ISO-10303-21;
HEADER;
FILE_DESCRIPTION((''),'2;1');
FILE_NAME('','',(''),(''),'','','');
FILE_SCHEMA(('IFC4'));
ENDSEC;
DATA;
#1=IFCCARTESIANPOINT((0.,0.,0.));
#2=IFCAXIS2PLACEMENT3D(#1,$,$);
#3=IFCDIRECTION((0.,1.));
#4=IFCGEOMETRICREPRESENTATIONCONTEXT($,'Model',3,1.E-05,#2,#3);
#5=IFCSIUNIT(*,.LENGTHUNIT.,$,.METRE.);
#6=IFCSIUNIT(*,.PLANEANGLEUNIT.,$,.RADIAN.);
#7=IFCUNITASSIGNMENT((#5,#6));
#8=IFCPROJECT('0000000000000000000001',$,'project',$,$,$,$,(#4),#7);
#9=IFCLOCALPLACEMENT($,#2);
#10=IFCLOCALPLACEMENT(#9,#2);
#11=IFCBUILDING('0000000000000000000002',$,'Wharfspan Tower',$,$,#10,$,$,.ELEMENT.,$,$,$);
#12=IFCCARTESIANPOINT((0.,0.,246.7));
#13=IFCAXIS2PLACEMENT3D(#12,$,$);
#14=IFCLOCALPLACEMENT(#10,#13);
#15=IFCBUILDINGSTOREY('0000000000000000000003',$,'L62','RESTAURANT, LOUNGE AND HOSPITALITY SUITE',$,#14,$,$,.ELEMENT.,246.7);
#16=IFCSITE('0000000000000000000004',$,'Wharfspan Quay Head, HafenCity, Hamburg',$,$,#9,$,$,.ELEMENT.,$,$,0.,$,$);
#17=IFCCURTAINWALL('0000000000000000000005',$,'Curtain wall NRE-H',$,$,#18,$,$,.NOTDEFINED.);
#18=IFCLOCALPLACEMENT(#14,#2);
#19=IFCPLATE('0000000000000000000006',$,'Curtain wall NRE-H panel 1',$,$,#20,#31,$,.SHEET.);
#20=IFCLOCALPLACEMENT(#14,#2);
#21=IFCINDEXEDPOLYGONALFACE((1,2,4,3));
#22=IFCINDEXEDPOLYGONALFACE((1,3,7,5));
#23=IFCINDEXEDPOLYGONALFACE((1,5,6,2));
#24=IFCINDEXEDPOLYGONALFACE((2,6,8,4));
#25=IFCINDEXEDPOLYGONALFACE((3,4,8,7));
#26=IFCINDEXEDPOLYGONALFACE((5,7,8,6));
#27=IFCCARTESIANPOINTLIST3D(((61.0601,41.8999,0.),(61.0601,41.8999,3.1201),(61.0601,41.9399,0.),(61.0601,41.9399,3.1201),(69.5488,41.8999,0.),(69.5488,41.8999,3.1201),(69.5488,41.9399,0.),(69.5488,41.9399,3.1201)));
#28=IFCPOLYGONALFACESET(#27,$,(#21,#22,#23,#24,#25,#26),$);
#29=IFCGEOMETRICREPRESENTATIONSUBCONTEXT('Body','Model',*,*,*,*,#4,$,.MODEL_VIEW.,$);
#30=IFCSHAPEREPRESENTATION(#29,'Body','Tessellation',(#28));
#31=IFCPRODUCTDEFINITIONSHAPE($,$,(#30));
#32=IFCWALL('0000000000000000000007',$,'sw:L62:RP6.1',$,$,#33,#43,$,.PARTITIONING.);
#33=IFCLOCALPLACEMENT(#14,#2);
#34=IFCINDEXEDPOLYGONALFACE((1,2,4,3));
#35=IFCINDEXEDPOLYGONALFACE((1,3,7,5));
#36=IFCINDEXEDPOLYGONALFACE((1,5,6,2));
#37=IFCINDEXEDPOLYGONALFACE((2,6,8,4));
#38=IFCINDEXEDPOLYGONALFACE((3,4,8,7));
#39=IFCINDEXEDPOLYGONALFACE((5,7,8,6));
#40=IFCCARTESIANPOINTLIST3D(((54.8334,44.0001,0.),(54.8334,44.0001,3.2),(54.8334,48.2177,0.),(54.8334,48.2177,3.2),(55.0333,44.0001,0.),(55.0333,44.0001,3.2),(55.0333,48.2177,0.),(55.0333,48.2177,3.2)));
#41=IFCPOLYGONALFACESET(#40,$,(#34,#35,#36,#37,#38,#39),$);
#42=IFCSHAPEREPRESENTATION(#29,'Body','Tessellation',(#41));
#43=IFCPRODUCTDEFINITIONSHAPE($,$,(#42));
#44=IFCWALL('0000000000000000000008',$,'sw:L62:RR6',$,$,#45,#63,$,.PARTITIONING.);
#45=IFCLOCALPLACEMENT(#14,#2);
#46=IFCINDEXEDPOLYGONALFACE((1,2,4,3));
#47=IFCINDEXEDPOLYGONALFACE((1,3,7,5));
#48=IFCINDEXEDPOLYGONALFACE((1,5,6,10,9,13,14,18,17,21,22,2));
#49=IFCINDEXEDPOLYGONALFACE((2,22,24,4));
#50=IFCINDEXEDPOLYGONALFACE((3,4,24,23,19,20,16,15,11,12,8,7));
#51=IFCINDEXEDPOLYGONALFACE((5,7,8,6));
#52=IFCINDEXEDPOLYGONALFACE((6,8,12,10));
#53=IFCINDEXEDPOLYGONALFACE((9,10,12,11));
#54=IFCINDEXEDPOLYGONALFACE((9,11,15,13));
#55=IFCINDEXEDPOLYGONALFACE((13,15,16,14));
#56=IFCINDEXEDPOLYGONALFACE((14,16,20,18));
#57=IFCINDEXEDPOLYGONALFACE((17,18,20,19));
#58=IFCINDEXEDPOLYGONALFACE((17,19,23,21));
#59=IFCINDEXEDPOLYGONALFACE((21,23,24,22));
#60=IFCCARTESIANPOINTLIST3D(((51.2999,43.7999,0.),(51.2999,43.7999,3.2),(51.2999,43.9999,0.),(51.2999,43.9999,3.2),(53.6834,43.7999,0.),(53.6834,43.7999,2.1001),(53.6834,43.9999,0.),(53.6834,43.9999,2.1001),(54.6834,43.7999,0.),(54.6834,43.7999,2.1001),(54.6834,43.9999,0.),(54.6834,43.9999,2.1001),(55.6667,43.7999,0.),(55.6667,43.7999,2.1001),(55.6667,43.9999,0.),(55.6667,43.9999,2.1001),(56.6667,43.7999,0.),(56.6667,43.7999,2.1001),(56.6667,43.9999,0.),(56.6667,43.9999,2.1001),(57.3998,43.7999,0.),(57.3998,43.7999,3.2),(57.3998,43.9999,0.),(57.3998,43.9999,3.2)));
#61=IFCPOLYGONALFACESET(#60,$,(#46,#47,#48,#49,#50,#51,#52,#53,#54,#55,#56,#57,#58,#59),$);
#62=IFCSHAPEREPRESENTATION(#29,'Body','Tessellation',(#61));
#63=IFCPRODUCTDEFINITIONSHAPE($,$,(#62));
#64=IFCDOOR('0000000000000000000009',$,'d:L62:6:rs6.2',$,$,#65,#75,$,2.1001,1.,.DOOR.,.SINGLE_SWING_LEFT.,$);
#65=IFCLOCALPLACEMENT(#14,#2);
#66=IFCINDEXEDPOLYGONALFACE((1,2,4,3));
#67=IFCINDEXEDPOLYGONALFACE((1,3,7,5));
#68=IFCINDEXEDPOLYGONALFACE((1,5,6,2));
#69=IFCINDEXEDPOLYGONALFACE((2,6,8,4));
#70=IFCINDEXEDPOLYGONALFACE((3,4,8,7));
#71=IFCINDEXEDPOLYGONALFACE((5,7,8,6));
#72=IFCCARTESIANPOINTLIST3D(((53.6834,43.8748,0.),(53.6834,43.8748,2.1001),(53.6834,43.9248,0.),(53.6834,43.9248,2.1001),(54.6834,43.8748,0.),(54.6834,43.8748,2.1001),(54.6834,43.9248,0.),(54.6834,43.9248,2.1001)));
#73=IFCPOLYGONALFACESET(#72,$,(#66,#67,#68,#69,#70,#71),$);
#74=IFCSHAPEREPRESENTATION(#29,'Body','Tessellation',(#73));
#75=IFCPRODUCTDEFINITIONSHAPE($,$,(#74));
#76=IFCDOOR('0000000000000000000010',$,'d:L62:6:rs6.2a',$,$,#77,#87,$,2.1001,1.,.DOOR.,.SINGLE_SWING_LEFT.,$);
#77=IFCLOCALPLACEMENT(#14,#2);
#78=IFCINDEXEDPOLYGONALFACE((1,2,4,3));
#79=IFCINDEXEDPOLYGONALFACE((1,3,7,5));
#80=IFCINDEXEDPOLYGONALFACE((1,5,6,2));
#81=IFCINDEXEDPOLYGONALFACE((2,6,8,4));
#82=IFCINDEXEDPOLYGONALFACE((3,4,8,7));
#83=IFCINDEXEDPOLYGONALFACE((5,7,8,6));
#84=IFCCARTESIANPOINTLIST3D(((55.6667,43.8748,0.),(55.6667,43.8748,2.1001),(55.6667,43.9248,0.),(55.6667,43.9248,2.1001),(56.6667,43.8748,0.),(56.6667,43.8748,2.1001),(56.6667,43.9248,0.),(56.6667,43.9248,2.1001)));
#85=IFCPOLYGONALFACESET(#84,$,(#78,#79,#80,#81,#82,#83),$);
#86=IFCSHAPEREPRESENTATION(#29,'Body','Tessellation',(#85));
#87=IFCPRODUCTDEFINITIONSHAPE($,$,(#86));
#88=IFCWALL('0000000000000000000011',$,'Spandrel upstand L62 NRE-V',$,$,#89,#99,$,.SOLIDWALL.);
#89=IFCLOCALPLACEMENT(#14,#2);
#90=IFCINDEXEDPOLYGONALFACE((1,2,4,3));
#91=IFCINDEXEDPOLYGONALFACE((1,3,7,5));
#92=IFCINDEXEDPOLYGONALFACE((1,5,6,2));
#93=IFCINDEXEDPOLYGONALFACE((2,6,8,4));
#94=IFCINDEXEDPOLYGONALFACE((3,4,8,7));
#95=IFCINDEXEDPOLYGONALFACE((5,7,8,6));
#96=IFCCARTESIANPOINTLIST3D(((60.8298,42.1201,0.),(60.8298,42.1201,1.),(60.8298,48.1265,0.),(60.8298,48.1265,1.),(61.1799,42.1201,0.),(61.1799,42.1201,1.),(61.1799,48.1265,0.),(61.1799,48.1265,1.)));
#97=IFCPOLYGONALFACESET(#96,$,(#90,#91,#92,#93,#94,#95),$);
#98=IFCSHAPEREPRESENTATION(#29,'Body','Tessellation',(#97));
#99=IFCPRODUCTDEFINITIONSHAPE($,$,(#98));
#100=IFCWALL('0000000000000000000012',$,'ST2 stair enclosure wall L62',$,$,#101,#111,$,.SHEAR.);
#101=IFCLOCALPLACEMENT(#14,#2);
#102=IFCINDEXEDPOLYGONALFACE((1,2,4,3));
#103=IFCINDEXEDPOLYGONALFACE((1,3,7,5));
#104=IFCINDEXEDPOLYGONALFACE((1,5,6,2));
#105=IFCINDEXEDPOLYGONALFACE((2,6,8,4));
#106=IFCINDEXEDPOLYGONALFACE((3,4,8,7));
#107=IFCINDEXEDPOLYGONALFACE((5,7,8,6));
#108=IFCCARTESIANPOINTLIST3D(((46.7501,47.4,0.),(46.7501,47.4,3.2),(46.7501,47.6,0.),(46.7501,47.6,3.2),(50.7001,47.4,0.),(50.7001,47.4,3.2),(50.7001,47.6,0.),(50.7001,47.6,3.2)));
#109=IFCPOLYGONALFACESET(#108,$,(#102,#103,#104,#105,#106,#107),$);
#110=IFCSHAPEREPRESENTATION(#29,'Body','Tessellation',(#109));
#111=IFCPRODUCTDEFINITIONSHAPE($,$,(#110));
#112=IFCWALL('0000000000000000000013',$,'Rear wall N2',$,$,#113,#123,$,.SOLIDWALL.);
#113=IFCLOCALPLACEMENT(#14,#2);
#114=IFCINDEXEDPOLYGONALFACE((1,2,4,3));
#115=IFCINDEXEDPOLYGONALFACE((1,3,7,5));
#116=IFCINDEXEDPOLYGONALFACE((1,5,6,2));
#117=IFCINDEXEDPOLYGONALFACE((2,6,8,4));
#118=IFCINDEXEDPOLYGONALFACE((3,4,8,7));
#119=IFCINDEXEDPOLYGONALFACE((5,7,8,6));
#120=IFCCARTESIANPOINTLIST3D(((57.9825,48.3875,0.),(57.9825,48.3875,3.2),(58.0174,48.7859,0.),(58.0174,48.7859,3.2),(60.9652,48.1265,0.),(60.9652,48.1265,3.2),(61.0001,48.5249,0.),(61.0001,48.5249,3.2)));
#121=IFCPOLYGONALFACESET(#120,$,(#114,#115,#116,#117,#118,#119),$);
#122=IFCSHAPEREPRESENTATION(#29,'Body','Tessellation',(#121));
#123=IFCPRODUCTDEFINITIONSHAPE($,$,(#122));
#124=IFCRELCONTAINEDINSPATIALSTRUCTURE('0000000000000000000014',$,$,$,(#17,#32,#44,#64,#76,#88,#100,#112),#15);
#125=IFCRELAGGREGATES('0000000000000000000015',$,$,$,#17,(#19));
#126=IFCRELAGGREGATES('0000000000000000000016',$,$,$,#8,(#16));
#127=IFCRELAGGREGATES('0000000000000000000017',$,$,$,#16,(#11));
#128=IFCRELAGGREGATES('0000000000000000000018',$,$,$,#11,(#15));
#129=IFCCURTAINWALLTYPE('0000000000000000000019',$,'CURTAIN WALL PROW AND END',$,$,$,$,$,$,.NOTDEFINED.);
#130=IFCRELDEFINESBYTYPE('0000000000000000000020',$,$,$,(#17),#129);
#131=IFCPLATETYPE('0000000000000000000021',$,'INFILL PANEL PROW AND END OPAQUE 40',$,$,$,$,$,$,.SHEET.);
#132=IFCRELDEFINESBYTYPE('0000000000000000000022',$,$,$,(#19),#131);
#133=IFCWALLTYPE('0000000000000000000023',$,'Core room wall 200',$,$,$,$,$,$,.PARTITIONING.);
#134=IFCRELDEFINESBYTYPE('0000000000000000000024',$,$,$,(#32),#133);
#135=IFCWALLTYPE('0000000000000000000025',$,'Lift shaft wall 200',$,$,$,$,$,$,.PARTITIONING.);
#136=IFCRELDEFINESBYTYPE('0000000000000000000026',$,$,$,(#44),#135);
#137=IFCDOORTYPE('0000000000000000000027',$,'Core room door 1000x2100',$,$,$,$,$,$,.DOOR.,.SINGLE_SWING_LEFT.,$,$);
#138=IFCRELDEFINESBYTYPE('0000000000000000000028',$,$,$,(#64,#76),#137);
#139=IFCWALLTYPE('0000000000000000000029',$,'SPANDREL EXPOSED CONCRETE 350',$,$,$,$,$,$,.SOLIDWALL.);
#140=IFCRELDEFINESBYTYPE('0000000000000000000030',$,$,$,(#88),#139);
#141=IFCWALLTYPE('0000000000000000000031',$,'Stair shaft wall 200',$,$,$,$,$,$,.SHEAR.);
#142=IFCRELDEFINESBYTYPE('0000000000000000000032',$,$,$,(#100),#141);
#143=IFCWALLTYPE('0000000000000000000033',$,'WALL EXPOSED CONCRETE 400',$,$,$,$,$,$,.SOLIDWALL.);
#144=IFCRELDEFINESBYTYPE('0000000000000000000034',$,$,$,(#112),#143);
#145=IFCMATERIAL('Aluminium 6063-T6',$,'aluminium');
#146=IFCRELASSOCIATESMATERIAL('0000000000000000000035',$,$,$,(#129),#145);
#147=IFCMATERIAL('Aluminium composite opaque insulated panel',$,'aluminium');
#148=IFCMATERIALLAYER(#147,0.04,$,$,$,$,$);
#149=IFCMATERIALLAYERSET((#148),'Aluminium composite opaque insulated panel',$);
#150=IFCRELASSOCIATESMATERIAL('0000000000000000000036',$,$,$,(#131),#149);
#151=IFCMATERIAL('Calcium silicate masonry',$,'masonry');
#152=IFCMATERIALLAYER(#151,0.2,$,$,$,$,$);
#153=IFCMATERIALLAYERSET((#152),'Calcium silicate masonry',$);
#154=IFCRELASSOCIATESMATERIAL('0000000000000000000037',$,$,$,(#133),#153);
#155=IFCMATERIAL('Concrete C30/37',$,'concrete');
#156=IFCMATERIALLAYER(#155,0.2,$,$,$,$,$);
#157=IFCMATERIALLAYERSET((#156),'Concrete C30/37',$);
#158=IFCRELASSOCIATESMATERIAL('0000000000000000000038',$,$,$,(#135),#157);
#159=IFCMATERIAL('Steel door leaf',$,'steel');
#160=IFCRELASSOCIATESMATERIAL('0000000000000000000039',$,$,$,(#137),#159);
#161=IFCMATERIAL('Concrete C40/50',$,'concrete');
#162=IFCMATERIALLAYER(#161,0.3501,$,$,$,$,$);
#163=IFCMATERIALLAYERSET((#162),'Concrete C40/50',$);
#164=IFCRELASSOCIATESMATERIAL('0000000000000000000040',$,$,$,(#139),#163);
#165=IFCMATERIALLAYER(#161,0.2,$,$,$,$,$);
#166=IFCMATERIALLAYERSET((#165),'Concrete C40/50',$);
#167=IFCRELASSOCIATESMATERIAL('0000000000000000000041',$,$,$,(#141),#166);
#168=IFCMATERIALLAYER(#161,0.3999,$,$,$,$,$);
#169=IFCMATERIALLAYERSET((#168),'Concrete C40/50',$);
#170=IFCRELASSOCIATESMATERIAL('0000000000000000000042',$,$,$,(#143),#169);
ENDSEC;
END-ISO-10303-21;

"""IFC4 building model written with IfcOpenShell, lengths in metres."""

from ifc_helpers import new_model, si_unit, direction, frame, frame_2d, origin, origin_2d, place, context, subcontext, project, spatial, rectangle, extrude, material, layer, layer_set, type_object, element, fill, aggregate, save


model = new_model("IFC4")

# Units and contexts
model_context = context("Model", 3, precision=1e-05, world=origin(), true_north=direction((0.0, 1.0)))
body_context = subcontext(model_context, "Body", "Model", "MODEL_VIEW")
ifc_project = project(units=[si_unit("LENGTHUNIT", "METRE"), si_unit("PLANEANGLEUNIT", "RADIAN")], contexts=[model_context])

# Site, building, storey
site_placement = place(None, origin())
site = spatial("IfcSite", under=ifc_project, at=site_placement, Name="Wharfspan Quay Head, HafenCity, Hamburg", CompositionType="ELEMENT", RefElevation=0.0)
building_placement = place(site_placement, origin())
building = spatial("IfcBuilding", under=site, at=building_placement, Name="Wharfspan Tower", CompositionType="ELEMENT")
storey_placement = place(building_placement, frame((0.0, 0.0, 246.7)))
storey = spatial("IfcBuildingStorey", under=building, at=storey_placement, Name="L62", Description="RESTAURANT, LOUNGE AND HOSPITALITY SUITE", CompositionType="ELEMENT", Elevation=246.7)

# Curtain wall
ifc_material_1 = material(Name="Aluminium 6063-T6", Category="aluminium")
curtain_wall_type = type_object("IfcCurtainWallType", Name="CURTAIN WALL PROW AND END", PredefinedType="NOTDEFINED", material=ifc_material_1)
curtain_wall_1_placement = place(storey_placement, origin())
curtain_wall_1 = element("IfcCurtainWall", 1, at=curtain_wall_1_placement, inside=storey, type_object=curtain_wall_type, Name="Curtain wall NRE-H", PredefinedType="NOTDEFINED")

# Plate
ifc_material_2 = material(Name="Aluminium composite opaque insulated panel", Category="aluminium")
ifc_layer_1 = layer(ifc_material_2, 0.04)
ifc_layer_set_1 = layer_set([ifc_layer_1], Name="Aluminium composite opaque insulated panel")
plate_type_1 = type_object("IfcPlateType", Name="INFILL PANEL PROW AND END OPAQUE 40", PredefinedType="SHEET", material=ifc_layer_set_1)
plate_1_placement = place(storey_placement, frame((65.3044, 41.9199, 0.0), z_axis=(0.0, 0.0, 1.0), x_axis=(-1.0, 0.0, 0.0)))
plate_1 = element("IfcPlate", 2, at=plate_1_placement, type_object=plate_type_1, Name="Curtain wall NRE-H panel 1", PredefinedType="SHEET", context=body_context, shape_type="SweptSolid", body=[
    extrude(rectangle(XDim=8.4888, YDim=0.04, at=origin_2d()), origin(), (0.0, 0.0, 1.0), 3.1201),
])
aggregate(curtain_wall_1, [plate_1])

# Wall
ifc_material_3 = material(Name="Calcium silicate masonry", Category="masonry")
ifc_layer_2 = layer(ifc_material_3, 0.2)
ifc_layer_set_2 = layer_set([ifc_layer_2], Name="Calcium silicate masonry")
wall_type_1 = type_object("IfcWallType", Name="Core room wall 200", PredefinedType="PARTITIONING", material=ifc_layer_set_2)
wall_1_placement = place(storey_placement, frame((54.9333, 44.0, 0.0), z_axis=(0.0, 0.0, 1.0), x_axis=(0.0, 1.0, 0.0)))
element("IfcWall", 3, at=wall_1_placement, inside=storey, type_object=wall_type_1, Name="sw:L62:RP6.1", PredefinedType="PARTITIONING", context=body_context, shape_type="SweptSolid", body=[
    extrude(rectangle(XDim=4.2175, YDim=0.2, at=frame_2d((2.1089, 0.0))), origin(), (0.0, 0.0, 1.0), 3.2),
])

# Wall, openings, doors
ifc_material_4 = material(Name="Concrete C30/37", Category="concrete")
ifc_layer_3 = layer(ifc_material_4, 0.2)
ifc_layer_set_3 = layer_set([ifc_layer_3], Name="Concrete C30/37")
wall_type_2 = type_object("IfcWallType", Name="Lift shaft wall 200", PredefinedType="PARTITIONING", material=ifc_layer_set_3)
wall_2_placement = place(storey_placement, frame((51.3, 43.8999, 0.0), z_axis=(0.0, 0.0, 1.0), x_axis=(1.0, 0.0, 0.0)))
wall_2 = element("IfcWall", 4, at=wall_2_placement, inside=storey, type_object=wall_type_2, Name="sw:L62:RR6", PredefinedType="PARTITIONING", context=body_context, shape_type="SweptSolid", body=[
    extrude(rectangle(XDim=6.0999, YDim=0.2, at=frame_2d((3.0498, 0.0))), origin(), (0.0, 0.0, 1.0), 3.2),
])
opening_1_placement = place(wall_2_placement, frame((2.3833, 0.0, 0.0)))
opening_1 = element("IfcOpeningElement", 5, at=opening_1_placement, cuts=wall_2, PredefinedType="OPENING", context=body_context, shape_type="SweptSolid", body=[
    extrude(rectangle(XDim=1.0, YDim=2.1001, at=frame_2d((0.5, 1.05))), frame((0.0, 0.1099, 0.0), z_axis=(0.0, -1.0, 0.0), x_axis=(1.0, 0.0, 0.0)), (0.0, 0.0, 1.0), 0.22),
])
opening_2_placement = place(wall_2_placement, frame((4.3667, 0.0, 0.0)))
opening_2 = element("IfcOpeningElement", 6, at=opening_2_placement, cuts=wall_2, PredefinedType="OPENING", context=body_context, shape_type="SweptSolid", body=[
    extrude(rectangle(XDim=1.0, YDim=2.1001, at=frame_2d((0.5, 1.05))), frame((0.0, 0.1099, 0.0), z_axis=(0.0, -1.0, 0.0), x_axis=(1.0, 0.0, 0.0)), (0.0, 0.0, 1.0), 0.22),
])
ifc_material_5 = material(Name="Steel door leaf", Category="steel")
door_type = type_object("IfcDoorType", Name="Core room door 1000x2100", OperationType="SINGLE_SWING_LEFT", PredefinedType="DOOR", material=ifc_material_5)
door_1_placement = place(opening_1_placement, origin())
door_1 = element("IfcDoor", 7, at=door_1_placement, inside=storey, type_object=door_type, Name="d:L62:6:rs6.2", OperationType="SINGLE_SWING_LEFT", OverallHeight=2.1001, OverallWidth=1.0, PredefinedType="DOOR", context=body_context, shape_type="SweptSolid", body=[
    extrude(rectangle(XDim=1.0, YDim=2.1001, at=frame_2d((0.5, 1.05))), frame((0.0, 0.0249, 0.0), z_axis=(0.0, -1.0, 0.0), x_axis=(1.0, 0.0, 0.0)), (0.0, 0.0, 1.0), 0.05),
])
fill(opening_1, door_1)
door_2_placement = place(opening_2_placement, origin())
door_2 = element("IfcDoor", 8, at=door_2_placement, inside=storey, type_object=door_type, Name="d:L62:6:rs6.2a", OperationType="SINGLE_SWING_LEFT", OverallHeight=2.1001, OverallWidth=1.0, PredefinedType="DOOR", context=body_context, shape_type="SweptSolid", body=[
    extrude(rectangle(XDim=1.0, YDim=2.1001, at=frame_2d((0.5, 1.05))), frame((0.0, 0.0249, 0.0), z_axis=(0.0, -1.0, 0.0), x_axis=(1.0, 0.0, 0.0)), (0.0, 0.0, 1.0), 0.05),
])
fill(opening_2, door_2)

# Walls
ifc_material_6 = material(Name="Concrete C40/50", Category="concrete")
ifc_layer_4 = layer(ifc_material_6, 0.3501)
ifc_layer_set_4 = layer_set([ifc_layer_4], Name="Concrete C40/50")
wall_type_3 = type_object("IfcWallType", Name="SPANDREL EXPOSED CONCRETE 350", PredefinedType="SOLIDWALL", material=ifc_layer_set_4)
wall_3_placement = place(storey_placement, frame((61.0049, 42.1201, 0.0), z_axis=(0.0, 0.0, 1.0), x_axis=(0.0, 1.0, 0.0)))
element("IfcWall", 9, at=wall_3_placement, inside=storey, type_object=wall_type_3, Name="Spandrel upstand L62 NRE-V", PredefinedType="SOLIDWALL", context=body_context, shape_type="SweptSolid", body=[
    extrude(rectangle(XDim=6.0063, YDim=0.3501, at=frame_2d((3.0032, 0.0))), origin(), (0.0, 0.0, 1.0), 1.0),
])
ifc_layer_5 = layer(ifc_material_6, 0.2)
ifc_layer_set_5 = layer_set([ifc_layer_5], Name="Concrete C40/50")
wall_type_4 = type_object("IfcWallType", Name="Stair shaft wall 200", PredefinedType="SHEAR", material=ifc_layer_set_5)
wall_4_placement = place(storey_placement, frame((46.75, 47.5, 0.0), z_axis=(0.0, 0.0, 1.0), x_axis=(1.0, 0.0, 0.0)))
element("IfcWall", 10, at=wall_4_placement, inside=storey, type_object=wall_type_4, Name="ST2 stair enclosure wall L62", PredefinedType="SHEAR", context=body_context, shape_type="SweptSolid", body=[
    extrude(rectangle(XDim=3.95, YDim=0.2, at=frame_2d((1.9751, 0.0))), origin(), (0.0, 0.0, 1.0), 3.2),
])
ifc_layer_6 = layer(ifc_material_6, 0.3999)
ifc_layer_set_6 = layer_set([ifc_layer_6], Name="Concrete C40/50")
wall_type_5 = type_object("IfcWallType", Name="WALL EXPOSED CONCRETE 400", PredefinedType="SOLIDWALL", material=ifc_layer_set_6)
wall_5_placement = place(storey_placement, frame((60.9827, 48.3257, 0.0), z_axis=(0.0, 0.0, 1.0), x_axis=(-0.996194, 0.087168, 0.0)))
element("IfcWall", 11, at=wall_5_placement, inside=storey, type_object=wall_type_5, Name="Rear wall N2", PredefinedType="SOLIDWALL", context=body_context, shape_type="SweptSolid", body=[
    extrude(rectangle(XDim=2.9941, YDim=0.3999, at=frame_2d((1.4971, 0.0))), origin(), (0.0, 0.0, 1.0), 3.2),
])

save(model, "model.ifc")
